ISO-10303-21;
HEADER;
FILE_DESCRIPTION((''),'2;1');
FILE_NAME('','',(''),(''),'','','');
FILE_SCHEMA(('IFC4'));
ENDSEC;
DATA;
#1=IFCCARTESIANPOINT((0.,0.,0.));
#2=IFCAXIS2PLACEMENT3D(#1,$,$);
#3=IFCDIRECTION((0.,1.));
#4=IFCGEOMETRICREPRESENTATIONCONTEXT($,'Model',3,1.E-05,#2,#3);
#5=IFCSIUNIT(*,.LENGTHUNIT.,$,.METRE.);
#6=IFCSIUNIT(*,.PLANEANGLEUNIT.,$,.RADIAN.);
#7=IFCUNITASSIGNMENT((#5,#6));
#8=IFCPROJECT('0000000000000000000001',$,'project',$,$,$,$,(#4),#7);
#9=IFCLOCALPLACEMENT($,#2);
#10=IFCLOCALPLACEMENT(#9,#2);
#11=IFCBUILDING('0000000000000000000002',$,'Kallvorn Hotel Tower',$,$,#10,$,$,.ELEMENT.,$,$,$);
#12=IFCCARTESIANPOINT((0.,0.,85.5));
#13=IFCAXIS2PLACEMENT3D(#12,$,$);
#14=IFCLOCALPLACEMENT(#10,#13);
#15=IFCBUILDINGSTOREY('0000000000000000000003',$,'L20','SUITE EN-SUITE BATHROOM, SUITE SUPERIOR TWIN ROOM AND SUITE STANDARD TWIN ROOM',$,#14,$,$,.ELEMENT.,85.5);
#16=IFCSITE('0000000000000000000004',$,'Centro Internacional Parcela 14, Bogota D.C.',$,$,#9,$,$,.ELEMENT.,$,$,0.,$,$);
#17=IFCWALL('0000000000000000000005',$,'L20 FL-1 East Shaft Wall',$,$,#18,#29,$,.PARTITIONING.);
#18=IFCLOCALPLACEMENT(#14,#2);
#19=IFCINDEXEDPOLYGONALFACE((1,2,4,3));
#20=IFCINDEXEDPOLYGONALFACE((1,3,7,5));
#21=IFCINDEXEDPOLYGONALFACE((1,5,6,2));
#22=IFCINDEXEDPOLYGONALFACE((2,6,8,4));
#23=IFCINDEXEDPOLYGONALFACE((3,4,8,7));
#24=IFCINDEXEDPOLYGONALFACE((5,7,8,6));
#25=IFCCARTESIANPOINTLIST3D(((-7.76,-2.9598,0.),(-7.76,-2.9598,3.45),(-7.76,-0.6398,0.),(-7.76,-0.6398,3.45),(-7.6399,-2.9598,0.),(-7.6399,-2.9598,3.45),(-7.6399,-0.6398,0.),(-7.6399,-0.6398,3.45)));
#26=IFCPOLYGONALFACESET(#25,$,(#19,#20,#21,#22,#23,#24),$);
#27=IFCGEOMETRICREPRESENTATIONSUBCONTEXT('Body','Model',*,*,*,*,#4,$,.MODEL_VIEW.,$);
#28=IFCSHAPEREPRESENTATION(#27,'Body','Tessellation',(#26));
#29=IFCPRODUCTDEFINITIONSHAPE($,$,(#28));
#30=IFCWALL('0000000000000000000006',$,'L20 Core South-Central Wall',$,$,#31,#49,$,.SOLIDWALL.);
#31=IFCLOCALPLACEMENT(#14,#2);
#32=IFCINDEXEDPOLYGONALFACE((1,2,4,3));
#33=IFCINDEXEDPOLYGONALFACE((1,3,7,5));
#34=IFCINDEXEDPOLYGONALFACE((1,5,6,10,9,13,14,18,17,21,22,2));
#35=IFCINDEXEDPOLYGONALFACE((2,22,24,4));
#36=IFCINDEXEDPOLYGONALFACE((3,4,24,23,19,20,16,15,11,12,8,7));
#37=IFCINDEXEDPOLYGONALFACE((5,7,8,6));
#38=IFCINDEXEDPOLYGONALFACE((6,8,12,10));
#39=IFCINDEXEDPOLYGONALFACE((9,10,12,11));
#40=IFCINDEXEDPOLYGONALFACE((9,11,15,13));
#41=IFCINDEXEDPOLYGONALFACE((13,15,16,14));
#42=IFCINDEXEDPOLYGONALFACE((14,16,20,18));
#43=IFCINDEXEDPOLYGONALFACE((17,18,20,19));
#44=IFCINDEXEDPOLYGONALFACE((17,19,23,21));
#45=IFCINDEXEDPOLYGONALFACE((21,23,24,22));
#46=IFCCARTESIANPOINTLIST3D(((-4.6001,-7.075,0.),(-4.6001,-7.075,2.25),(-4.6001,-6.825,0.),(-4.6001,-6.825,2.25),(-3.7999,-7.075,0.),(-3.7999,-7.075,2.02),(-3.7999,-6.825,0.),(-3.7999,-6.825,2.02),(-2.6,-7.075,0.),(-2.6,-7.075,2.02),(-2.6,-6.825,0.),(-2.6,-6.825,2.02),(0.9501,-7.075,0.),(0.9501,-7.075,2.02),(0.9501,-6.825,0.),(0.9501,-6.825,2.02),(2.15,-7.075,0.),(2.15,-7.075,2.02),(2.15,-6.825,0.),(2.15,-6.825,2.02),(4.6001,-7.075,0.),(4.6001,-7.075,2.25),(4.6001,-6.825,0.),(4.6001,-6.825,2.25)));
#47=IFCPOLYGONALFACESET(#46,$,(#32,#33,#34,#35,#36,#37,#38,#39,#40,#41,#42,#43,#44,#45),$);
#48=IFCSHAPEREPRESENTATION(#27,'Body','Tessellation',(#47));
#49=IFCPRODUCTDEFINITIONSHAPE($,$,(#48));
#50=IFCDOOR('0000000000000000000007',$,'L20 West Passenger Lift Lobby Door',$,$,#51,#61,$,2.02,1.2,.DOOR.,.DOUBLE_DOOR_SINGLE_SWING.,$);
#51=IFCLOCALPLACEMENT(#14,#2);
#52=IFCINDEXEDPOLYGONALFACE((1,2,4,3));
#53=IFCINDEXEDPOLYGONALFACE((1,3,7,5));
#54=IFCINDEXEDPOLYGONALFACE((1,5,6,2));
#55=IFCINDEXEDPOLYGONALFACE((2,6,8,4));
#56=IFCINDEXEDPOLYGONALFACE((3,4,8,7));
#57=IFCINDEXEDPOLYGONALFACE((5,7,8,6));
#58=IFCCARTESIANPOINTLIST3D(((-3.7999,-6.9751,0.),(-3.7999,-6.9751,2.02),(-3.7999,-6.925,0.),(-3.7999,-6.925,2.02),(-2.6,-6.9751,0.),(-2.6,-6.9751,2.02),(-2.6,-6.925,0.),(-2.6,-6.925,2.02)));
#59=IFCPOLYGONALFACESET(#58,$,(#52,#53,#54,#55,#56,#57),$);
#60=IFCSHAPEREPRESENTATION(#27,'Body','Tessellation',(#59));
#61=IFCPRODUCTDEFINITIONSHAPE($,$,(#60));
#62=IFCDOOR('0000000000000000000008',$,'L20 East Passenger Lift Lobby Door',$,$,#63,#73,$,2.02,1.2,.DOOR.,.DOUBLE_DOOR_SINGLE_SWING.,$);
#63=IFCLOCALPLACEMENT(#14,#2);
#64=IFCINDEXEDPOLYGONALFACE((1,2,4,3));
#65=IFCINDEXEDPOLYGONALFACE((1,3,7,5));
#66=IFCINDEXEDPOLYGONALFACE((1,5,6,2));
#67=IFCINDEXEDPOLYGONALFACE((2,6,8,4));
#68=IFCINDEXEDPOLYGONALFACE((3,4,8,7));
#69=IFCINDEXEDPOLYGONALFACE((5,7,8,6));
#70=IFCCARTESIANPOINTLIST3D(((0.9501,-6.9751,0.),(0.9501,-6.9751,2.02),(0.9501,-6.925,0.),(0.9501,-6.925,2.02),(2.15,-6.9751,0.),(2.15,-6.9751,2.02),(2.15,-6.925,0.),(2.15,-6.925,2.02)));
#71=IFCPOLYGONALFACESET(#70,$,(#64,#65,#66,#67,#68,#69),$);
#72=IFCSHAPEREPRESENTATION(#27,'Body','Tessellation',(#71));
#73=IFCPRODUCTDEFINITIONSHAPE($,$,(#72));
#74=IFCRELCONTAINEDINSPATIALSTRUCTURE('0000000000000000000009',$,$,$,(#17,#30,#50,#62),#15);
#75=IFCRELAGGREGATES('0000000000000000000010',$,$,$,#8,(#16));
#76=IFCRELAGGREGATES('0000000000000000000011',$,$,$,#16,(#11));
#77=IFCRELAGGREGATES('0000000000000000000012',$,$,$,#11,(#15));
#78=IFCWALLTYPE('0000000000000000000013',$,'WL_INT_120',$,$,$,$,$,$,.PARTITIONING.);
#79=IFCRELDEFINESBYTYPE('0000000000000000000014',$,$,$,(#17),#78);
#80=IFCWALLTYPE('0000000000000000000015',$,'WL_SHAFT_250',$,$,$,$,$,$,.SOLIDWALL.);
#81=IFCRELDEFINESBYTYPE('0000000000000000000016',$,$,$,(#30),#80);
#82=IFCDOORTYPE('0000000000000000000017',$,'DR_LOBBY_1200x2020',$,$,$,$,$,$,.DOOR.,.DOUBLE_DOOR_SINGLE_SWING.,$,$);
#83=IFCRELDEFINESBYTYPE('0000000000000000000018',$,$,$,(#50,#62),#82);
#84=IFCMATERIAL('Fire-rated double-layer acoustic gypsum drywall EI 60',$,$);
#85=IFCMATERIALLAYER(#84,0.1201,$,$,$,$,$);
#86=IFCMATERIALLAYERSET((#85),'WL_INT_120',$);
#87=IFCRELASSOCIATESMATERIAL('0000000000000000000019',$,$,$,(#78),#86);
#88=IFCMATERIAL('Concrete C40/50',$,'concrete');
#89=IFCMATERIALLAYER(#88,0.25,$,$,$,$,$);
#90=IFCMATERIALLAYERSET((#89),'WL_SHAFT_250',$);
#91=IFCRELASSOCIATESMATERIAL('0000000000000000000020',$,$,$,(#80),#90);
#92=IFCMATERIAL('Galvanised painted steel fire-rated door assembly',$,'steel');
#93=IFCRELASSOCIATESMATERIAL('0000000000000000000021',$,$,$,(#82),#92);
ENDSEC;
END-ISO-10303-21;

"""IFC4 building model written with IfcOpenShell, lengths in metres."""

from ifc_helpers import new_model, si_unit, direction, frame, frame_2d, origin, place, context, subcontext, project, spatial, rectangle, extrude, material, layer, layer_set, type_object, element, fill, save


model = new_model("IFC4")

# Units and contexts
model_context = context("Model", 3, precision=1e-05, world=origin(), true_north=direction((0.0, 1.0)))
body_context = subcontext(model_context, "Body", "Model", "MODEL_VIEW")
ifc_project = project(units=[si_unit("LENGTHUNIT", "METRE"), si_unit("PLANEANGLEUNIT", "RADIAN")], contexts=[model_context])

# Site, building, storey
site_placement = place(None, origin())
site = spatial("IfcSite", under=ifc_project, at=site_placement, Name="Centro Internacional Parcela 14, Bogota D.C.", CompositionType="ELEMENT", RefElevation=0.0)
building_placement = place(site_placement, origin())
building = spatial("IfcBuilding", under=site, at=building_placement, Name="Kallvorn Hotel Tower", CompositionType="ELEMENT")
storey_placement = place(building_placement, frame((0.0, 0.0, 85.5)))
storey = spatial("IfcBuildingStorey", under=building, at=storey_placement, Name="L20", Description="SUITE EN-SUITE BATHROOM, SUITE SUPERIOR TWIN ROOM AND SUITE STANDARD TWIN ROOM", CompositionType="ELEMENT", Elevation=85.5)

# Wall
ifc_material_1 = material(Name="Fire-rated double-layer acoustic gypsum drywall EI 60")
ifc_layer_1 = layer(ifc_material_1, 0.1201)
ifc_layer_set_1 = layer_set([ifc_layer_1], Name="WL_INT_120")
wall_type_1 = type_object("IfcWallType", Name="WL_INT_120", PredefinedType="PARTITIONING", material=ifc_layer_set_1)
wall_1_placement = place(storey_placement, frame((-7.7, -2.96, 0.0), z_axis=(0.0, 0.0, 1.0), x_axis=(0.0, 1.0, 0.0)))
element("IfcWall", 1, at=wall_1_placement, inside=storey, type_object=wall_type_1, Name="L20 FL-1 East Shaft Wall", PredefinedType="PARTITIONING", context=body_context, shape_type="SweptSolid", body=[
    extrude(rectangle(XDim=2.3201, YDim=0.1201, at=frame_2d((1.1602, 0.0))), origin(), (0.0, 0.0, 1.0), 3.45),
])

# Wall, openings, doors
ifc_material_2 = material(Name="Concrete C40/50", Category="concrete")
ifc_layer_2 = layer(ifc_material_2, 0.25)
ifc_layer_set_2 = layer_set([ifc_layer_2], Name="WL_SHAFT_250")
wall_type_2 = type_object("IfcWallType", Name="WL_SHAFT_250", PredefinedType="SOLIDWALL", material=ifc_layer_set_2)
wall_2_placement = place(storey_placement, frame((-4.6001, -6.95, 0.0), z_axis=(0.0, 0.0, 1.0), x_axis=(1.0, 0.0, 0.0)))
wall_2 = element("IfcWall", 2, at=wall_2_placement, inside=storey, type_object=wall_type_2, Name="L20 Core South-Central Wall", PredefinedType="SOLIDWALL", context=body_context, shape_type="SweptSolid", body=[
    extrude(rectangle(XDim=9.2002, YDim=0.25, at=frame_2d((4.6001, 0.0))), origin(), (0.0, 0.0, 1.0), 2.25),
])
opening_1_placement = place(wall_2_placement, frame((0.8, 0.0, 0.0)))
opening_1 = element("IfcOpeningElement", 3, at=opening_1_placement, cuts=wall_2, PredefinedType="OPENING", context=body_context, shape_type="SweptSolid", body=[
    extrude(rectangle(XDim=1.2, YDim=2.02, at=frame_2d((0.6001, 1.01))), frame((0.0, 0.1399, 0.0), z_axis=(0.0, -1.0, 0.0), x_axis=(1.0, 0.0, 0.0)), (0.0, 0.0, 1.0), 0.28),
])
opening_2_placement = place(wall_2_placement, frame((5.55, 0.0, 0.0)))
opening_2 = element("IfcOpeningElement", 4, at=opening_2_placement, cuts=wall_2, PredefinedType="OPENING", context=body_context, shape_type="SweptSolid", body=[
    extrude(rectangle(XDim=1.2, YDim=2.02, at=frame_2d((0.6001, 1.01))), frame((0.0, 0.1399, 0.0), z_axis=(0.0, -1.0, 0.0), x_axis=(1.0, 0.0, 0.0)), (0.0, 0.0, 1.0), 0.28),
])
ifc_material_3 = material(Name="Galvanised painted steel fire-rated door assembly", Category="steel")
door_type_1 = type_object("IfcDoorType", Name="DR_LOBBY_1200x2020", OperationType="DOUBLE_DOOR_SINGLE_SWING", PredefinedType="DOOR", material=ifc_material_3)
door_1_placement = place(opening_1_placement, origin())
door_1 = element("IfcDoor", 5, at=door_1_placement, inside=storey, type_object=door_type_1, Name="L20 West Passenger Lift Lobby Door", OperationType="DOUBLE_DOOR_SINGLE_SWING", OverallHeight=2.02, OverallWidth=1.2, PredefinedType="DOOR", context=body_context, shape_type="SweptSolid", body=[
    extrude(rectangle(XDim=1.2, YDim=2.02, at=frame_2d((0.6001, 1.01))), frame((0.0, 0.0249, 0.0), z_axis=(0.0, -1.0, 0.0), x_axis=(1.0, 0.0, 0.0)), (0.0, 0.0, 1.0), 0.05),
])
fill(opening_1, door_1)
door_2_placement = place(opening_2_placement, origin())
door_2 = element("IfcDoor", 6, at=door_2_placement, inside=storey, type_object=door_type_1, Name="L20 East Passenger Lift Lobby Door", OperationType="DOUBLE_DOOR_SINGLE_SWING", OverallHeight=2.02, OverallWidth=1.2, PredefinedType="DOOR", context=body_context, shape_type="SweptSolid", body=[
    extrude(rectangle(XDim=1.2, YDim=2.02, at=frame_2d((0.6001, 1.01))), frame((0.0, 0.0249, 0.0), z_axis=(0.0, -1.0, 0.0), x_axis=(1.0, 0.0, 0.0)), (0.0, 0.0, 1.0), 0.05),
])
fill(opening_2, door_2)

save(model, "model.ifc")
